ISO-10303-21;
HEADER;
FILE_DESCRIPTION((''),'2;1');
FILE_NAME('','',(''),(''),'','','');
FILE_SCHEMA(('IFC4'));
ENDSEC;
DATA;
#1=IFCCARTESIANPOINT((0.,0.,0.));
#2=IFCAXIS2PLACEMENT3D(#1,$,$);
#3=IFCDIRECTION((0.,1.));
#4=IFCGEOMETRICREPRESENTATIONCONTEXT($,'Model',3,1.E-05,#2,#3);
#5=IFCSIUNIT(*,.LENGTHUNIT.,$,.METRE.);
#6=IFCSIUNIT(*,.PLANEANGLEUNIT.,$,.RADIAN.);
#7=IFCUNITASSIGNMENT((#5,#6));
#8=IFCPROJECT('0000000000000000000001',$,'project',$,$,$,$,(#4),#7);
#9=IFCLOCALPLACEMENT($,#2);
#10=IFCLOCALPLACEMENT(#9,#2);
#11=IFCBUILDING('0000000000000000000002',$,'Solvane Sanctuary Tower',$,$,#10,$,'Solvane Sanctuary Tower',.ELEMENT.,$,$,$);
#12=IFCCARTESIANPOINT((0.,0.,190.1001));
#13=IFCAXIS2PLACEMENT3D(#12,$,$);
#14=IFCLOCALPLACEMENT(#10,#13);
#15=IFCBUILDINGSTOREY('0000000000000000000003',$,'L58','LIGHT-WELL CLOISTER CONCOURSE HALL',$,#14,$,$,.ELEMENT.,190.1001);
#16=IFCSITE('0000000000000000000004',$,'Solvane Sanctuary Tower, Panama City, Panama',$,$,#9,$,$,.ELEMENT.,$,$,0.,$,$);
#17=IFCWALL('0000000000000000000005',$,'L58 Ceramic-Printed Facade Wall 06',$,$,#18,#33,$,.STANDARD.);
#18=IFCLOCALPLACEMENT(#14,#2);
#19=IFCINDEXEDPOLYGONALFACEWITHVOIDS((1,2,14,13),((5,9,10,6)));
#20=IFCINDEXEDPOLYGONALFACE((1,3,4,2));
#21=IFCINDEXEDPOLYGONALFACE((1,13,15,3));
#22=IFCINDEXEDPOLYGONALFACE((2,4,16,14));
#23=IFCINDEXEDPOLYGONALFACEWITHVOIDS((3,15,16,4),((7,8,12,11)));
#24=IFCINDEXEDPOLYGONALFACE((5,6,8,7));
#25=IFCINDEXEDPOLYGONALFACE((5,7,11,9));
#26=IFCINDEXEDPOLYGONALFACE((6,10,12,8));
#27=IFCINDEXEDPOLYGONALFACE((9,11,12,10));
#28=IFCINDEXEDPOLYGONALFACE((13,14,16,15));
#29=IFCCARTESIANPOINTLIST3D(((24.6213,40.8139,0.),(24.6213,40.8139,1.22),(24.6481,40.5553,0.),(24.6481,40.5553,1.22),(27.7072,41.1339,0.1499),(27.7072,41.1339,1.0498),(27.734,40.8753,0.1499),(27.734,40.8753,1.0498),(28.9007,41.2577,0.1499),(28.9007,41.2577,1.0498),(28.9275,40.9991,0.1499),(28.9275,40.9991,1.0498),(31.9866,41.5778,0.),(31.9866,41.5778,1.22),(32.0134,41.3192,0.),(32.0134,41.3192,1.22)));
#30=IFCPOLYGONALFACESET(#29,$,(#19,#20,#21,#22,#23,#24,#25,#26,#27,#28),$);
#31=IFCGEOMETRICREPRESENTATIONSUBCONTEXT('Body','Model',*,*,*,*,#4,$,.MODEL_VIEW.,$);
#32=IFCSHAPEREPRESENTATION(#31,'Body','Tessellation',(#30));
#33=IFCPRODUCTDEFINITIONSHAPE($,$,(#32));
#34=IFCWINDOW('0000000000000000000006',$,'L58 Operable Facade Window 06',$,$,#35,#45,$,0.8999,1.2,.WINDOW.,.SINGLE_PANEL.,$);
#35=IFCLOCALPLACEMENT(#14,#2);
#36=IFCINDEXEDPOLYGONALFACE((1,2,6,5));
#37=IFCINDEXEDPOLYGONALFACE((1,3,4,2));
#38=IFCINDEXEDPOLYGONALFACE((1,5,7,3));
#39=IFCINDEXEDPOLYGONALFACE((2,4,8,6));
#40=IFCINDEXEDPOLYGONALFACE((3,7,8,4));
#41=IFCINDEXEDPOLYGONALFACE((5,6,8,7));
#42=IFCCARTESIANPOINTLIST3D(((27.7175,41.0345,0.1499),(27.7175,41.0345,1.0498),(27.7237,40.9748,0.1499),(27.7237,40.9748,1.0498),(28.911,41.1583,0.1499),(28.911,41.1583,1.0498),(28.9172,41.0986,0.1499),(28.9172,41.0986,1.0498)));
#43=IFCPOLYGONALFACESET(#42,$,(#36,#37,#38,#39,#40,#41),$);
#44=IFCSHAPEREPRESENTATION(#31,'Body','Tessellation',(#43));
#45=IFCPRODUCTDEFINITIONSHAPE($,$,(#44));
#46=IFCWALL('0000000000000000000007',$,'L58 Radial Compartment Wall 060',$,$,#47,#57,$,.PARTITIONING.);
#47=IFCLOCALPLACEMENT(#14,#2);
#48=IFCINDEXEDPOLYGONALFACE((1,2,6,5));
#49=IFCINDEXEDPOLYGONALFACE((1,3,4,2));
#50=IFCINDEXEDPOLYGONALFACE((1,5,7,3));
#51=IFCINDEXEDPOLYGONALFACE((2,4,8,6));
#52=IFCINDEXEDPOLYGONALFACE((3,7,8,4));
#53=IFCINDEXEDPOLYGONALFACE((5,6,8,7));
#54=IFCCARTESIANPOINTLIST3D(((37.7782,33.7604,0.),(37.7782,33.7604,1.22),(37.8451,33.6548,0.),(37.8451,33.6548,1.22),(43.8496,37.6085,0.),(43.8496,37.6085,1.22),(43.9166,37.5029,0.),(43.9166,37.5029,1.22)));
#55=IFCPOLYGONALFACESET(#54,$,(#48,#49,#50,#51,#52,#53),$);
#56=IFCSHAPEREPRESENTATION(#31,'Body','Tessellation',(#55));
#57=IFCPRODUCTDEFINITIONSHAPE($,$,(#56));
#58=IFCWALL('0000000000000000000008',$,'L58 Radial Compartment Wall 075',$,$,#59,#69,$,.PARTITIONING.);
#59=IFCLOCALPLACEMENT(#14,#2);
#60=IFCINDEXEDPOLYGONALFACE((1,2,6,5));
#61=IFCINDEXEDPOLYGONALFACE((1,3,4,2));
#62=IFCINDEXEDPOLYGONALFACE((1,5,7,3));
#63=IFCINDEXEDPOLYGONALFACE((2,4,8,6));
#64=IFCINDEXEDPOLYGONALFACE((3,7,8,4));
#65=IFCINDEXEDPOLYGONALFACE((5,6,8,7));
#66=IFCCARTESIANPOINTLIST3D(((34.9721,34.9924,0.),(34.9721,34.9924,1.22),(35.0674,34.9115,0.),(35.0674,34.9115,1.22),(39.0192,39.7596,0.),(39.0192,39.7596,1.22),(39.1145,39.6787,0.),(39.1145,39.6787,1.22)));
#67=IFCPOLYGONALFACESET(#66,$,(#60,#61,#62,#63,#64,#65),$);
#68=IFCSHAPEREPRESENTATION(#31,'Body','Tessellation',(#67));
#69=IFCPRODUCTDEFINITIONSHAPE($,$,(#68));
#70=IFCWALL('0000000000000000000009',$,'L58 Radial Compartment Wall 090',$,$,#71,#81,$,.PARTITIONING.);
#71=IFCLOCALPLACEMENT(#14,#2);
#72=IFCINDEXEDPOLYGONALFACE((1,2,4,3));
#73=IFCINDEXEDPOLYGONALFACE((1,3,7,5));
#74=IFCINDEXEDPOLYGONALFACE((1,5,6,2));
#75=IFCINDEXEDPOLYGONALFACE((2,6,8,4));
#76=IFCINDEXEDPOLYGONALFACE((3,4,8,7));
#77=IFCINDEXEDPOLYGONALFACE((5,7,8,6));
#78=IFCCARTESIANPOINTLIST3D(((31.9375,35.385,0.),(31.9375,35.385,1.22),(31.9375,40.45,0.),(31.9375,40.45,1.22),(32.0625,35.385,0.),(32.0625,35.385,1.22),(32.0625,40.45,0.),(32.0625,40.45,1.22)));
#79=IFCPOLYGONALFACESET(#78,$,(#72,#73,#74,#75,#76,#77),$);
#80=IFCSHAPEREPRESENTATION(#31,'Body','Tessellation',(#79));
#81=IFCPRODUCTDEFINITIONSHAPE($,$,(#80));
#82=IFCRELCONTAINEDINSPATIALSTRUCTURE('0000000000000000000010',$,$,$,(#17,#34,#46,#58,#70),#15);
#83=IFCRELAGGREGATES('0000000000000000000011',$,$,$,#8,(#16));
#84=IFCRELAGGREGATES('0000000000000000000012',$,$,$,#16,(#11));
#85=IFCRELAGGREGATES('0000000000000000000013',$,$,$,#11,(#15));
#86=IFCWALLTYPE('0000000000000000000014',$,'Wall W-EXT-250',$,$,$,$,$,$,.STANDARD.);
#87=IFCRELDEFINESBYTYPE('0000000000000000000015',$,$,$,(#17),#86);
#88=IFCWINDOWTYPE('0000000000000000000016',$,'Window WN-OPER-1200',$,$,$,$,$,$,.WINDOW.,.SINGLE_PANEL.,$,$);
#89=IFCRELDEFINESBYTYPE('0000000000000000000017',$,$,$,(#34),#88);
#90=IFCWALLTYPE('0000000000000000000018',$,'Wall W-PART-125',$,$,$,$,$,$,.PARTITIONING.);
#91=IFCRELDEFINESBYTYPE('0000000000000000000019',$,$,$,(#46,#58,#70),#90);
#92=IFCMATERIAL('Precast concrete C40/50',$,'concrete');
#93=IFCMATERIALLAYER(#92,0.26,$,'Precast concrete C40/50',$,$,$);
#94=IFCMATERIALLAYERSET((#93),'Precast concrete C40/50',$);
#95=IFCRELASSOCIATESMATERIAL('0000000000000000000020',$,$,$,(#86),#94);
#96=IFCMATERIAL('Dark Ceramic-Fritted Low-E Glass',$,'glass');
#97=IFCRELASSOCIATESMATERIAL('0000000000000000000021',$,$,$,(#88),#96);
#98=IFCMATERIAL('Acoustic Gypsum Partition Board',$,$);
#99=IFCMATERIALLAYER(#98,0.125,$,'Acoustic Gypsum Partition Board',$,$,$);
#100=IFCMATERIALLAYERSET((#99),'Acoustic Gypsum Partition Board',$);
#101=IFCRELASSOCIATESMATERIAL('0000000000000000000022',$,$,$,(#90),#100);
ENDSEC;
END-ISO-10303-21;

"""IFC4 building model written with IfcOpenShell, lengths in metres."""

from ifc_helpers import new_model, si_unit, direction, frame, frame_2d, origin, place, context, subcontext, project, spatial, rectangle, extrude, material, layer, layer_set, type_object, element, fill, save


model = new_model("IFC4")

# Units and contexts
model_context = context("Model", 3, precision=1e-05, world=origin(), true_north=direction((0.0, 1.0)))
body_context = subcontext(model_context, "Body", "Model", "MODEL_VIEW")
ifc_project = project(units=[si_unit("LENGTHUNIT", "METRE"), si_unit("PLANEANGLEUNIT", "RADIAN")], contexts=[model_context])

# Site, building, storey
site_placement = place(None, origin())
site = spatial("IfcSite", under=ifc_project, at=site_placement, Name="Solvane Sanctuary Tower, Panama City, Panama", CompositionType="ELEMENT", RefElevation=0.0)
building_placement = place(site_placement, origin())
building = spatial("IfcBuilding", under=site, at=building_placement, Name="Solvane Sanctuary Tower", LongName="Solvane Sanctuary Tower", CompositionType="ELEMENT")
storey_placement = place(building_placement, frame((0.0, 0.0, 190.1001)))
storey = spatial("IfcBuildingStorey", under=building, at=storey_placement, Name="L58", Description="LIGHT-WELL CLOISTER CONCOURSE HALL", CompositionType="ELEMENT", Elevation=190.1001)

# Shared definitions
ifc_material_1 = material(Name="Acoustic Gypsum Partition Board")

# Wall, opening, window
ifc_material_2 = material(Name="Precast concrete C40/50", Category="concrete")
ifc_layer_1 = layer(ifc_material_2, 0.26, Name="Precast concrete C40/50")
ifc_layer_set_1 = layer_set([ifc_layer_1], Name="Precast concrete C40/50")
wall_type_1 = type_object("IfcWallType", Name="Wall W-EXT-250", PredefinedType="STANDARD", material=ifc_layer_set_1)
wall_1_placement = place(storey_placement, frame((32.0, 41.4485, 0.0), z_axis=(0.0, 0.0, 1.0), x_axis=(-0.994664, -0.103166, 0.0)))
wall_1 = element("IfcWall", 1, at=wall_1_placement, inside=storey, type_object=wall_type_1, Name="L58 Ceramic-Printed Facade Wall 06", PredefinedType="STANDARD", context=body_context, shape_type="SweptSolid", body=[
    extrude(rectangle(XDim=7.4048, YDim=0.26, at=frame_2d((3.7024, 0.0))), origin(), (0.0, 0.0, 1.0), 1.22),
])
opening_1_placement = place(wall_1_placement, frame((3.1023, 0.0, 0.1499)))
opening_1 = element("IfcOpeningElement", 2, at=opening_1_placement, cuts=wall_1, PredefinedType="OPENING", context=body_context, shape_type="SweptSolid", body=[
    extrude(rectangle(XDim=1.2, YDim=0.8999, at=frame_2d((0.6001, 0.45))), frame((0.0, 0.1399, 0.0), z_axis=(0.0, -1.0, 0.0), x_axis=(1.0, 0.0, 0.0)), (0.0, 0.0, 1.0), 0.28),
])
ifc_material_3 = material(Name="Dark Ceramic-Fritted Low-E Glass", Category="glass")
window_type = type_object("IfcWindowType", Name="Window WN-OPER-1200", PartitioningType="SINGLE_PANEL", PredefinedType="WINDOW", material=ifc_material_3)
window_placement = place(opening_1_placement, origin())
window = element("IfcWindow", 3, at=window_placement, inside=storey, type_object=window_type, Name="L58 Operable Facade Window 06", OverallHeight=0.8999, OverallWidth=1.2, PartitioningType="SINGLE_PANEL", PredefinedType="WINDOW", context=body_context, shape_type="SweptSolid", body=[
    extrude(rectangle(XDim=1.2, YDim=0.8999, at=frame_2d((0.6001, 0.45))), frame((0.0, 0.03, 0.0), z_axis=(0.0, -1.0, 0.0), x_axis=(1.0, 0.0, 0.0)), (0.0, 0.0, 1.0), 0.0601),
])
fill(opening_1, window)

# Walls
ifc_layer_2 = layer(ifc_material_1, 0.125, Name="Acoustic Gypsum Partition Board")
ifc_layer_set_2 = layer_set([ifc_layer_2], Name="Acoustic Gypsum Partition Board")
wall_type_2 = type_object("IfcWallType", Name="Wall W-PART-125", PredefinedType="PARTITIONING", material=ifc_layer_set_2)
wall_2_placement = place(storey_placement, frame((37.8115, 33.7075, 0.0), z_axis=(0.0, 0.0, 1.0), x_axis=(0.84464, 0.535334, 0.0)))
element("IfcWall", 4, at=wall_2_placement, inside=storey, type_object=wall_type_2, Name="L58 Radial Compartment Wall 060", PredefinedType="PARTITIONING", context=body_context, shape_type="SweptSolid", body=[
    extrude(rectangle(XDim=7.1882, YDim=0.125, at=frame_2d((3.5942, 0.0))), origin(), (0.0, 0.0, 1.0), 1.22),
])
wall_3_placement = place(storey_placement, frame((35.0198, 34.9519, 0.0), z_axis=(0.0, 0.0, 1.0), x_axis=(0.647173, 0.762343, 0.0)))
element("IfcWall", 5, at=wall_3_placement, inside=storey, type_object=wall_type_2, Name="L58 Radial Compartment Wall 075", PredefinedType="PARTITIONING", context=body_context, shape_type="SweptSolid", body=[
    extrude(rectangle(XDim=6.2534, YDim=0.125, at=frame_2d((3.1267, 0.0))), origin(), (0.0, 0.0, 1.0), 1.22),
])
wall_4_placement = place(storey_placement, frame((32.0, 35.385, 0.0), z_axis=(0.0, 0.0, 1.0), x_axis=(0.0, 1.0, 0.0)))
element("IfcWall", 6, at=wall_4_placement, inside=storey, type_object=wall_type_2, Name="L58 Radial Compartment Wall 090", PredefinedType="PARTITIONING", context=body_context, shape_type="SweptSolid", body=[
    extrude(rectangle(XDim=5.0649, YDim=0.125, at=frame_2d((2.5325, 0.0))), origin(), (0.0, 0.0, 1.0), 1.22),
])

save(model, "model.ifc")
